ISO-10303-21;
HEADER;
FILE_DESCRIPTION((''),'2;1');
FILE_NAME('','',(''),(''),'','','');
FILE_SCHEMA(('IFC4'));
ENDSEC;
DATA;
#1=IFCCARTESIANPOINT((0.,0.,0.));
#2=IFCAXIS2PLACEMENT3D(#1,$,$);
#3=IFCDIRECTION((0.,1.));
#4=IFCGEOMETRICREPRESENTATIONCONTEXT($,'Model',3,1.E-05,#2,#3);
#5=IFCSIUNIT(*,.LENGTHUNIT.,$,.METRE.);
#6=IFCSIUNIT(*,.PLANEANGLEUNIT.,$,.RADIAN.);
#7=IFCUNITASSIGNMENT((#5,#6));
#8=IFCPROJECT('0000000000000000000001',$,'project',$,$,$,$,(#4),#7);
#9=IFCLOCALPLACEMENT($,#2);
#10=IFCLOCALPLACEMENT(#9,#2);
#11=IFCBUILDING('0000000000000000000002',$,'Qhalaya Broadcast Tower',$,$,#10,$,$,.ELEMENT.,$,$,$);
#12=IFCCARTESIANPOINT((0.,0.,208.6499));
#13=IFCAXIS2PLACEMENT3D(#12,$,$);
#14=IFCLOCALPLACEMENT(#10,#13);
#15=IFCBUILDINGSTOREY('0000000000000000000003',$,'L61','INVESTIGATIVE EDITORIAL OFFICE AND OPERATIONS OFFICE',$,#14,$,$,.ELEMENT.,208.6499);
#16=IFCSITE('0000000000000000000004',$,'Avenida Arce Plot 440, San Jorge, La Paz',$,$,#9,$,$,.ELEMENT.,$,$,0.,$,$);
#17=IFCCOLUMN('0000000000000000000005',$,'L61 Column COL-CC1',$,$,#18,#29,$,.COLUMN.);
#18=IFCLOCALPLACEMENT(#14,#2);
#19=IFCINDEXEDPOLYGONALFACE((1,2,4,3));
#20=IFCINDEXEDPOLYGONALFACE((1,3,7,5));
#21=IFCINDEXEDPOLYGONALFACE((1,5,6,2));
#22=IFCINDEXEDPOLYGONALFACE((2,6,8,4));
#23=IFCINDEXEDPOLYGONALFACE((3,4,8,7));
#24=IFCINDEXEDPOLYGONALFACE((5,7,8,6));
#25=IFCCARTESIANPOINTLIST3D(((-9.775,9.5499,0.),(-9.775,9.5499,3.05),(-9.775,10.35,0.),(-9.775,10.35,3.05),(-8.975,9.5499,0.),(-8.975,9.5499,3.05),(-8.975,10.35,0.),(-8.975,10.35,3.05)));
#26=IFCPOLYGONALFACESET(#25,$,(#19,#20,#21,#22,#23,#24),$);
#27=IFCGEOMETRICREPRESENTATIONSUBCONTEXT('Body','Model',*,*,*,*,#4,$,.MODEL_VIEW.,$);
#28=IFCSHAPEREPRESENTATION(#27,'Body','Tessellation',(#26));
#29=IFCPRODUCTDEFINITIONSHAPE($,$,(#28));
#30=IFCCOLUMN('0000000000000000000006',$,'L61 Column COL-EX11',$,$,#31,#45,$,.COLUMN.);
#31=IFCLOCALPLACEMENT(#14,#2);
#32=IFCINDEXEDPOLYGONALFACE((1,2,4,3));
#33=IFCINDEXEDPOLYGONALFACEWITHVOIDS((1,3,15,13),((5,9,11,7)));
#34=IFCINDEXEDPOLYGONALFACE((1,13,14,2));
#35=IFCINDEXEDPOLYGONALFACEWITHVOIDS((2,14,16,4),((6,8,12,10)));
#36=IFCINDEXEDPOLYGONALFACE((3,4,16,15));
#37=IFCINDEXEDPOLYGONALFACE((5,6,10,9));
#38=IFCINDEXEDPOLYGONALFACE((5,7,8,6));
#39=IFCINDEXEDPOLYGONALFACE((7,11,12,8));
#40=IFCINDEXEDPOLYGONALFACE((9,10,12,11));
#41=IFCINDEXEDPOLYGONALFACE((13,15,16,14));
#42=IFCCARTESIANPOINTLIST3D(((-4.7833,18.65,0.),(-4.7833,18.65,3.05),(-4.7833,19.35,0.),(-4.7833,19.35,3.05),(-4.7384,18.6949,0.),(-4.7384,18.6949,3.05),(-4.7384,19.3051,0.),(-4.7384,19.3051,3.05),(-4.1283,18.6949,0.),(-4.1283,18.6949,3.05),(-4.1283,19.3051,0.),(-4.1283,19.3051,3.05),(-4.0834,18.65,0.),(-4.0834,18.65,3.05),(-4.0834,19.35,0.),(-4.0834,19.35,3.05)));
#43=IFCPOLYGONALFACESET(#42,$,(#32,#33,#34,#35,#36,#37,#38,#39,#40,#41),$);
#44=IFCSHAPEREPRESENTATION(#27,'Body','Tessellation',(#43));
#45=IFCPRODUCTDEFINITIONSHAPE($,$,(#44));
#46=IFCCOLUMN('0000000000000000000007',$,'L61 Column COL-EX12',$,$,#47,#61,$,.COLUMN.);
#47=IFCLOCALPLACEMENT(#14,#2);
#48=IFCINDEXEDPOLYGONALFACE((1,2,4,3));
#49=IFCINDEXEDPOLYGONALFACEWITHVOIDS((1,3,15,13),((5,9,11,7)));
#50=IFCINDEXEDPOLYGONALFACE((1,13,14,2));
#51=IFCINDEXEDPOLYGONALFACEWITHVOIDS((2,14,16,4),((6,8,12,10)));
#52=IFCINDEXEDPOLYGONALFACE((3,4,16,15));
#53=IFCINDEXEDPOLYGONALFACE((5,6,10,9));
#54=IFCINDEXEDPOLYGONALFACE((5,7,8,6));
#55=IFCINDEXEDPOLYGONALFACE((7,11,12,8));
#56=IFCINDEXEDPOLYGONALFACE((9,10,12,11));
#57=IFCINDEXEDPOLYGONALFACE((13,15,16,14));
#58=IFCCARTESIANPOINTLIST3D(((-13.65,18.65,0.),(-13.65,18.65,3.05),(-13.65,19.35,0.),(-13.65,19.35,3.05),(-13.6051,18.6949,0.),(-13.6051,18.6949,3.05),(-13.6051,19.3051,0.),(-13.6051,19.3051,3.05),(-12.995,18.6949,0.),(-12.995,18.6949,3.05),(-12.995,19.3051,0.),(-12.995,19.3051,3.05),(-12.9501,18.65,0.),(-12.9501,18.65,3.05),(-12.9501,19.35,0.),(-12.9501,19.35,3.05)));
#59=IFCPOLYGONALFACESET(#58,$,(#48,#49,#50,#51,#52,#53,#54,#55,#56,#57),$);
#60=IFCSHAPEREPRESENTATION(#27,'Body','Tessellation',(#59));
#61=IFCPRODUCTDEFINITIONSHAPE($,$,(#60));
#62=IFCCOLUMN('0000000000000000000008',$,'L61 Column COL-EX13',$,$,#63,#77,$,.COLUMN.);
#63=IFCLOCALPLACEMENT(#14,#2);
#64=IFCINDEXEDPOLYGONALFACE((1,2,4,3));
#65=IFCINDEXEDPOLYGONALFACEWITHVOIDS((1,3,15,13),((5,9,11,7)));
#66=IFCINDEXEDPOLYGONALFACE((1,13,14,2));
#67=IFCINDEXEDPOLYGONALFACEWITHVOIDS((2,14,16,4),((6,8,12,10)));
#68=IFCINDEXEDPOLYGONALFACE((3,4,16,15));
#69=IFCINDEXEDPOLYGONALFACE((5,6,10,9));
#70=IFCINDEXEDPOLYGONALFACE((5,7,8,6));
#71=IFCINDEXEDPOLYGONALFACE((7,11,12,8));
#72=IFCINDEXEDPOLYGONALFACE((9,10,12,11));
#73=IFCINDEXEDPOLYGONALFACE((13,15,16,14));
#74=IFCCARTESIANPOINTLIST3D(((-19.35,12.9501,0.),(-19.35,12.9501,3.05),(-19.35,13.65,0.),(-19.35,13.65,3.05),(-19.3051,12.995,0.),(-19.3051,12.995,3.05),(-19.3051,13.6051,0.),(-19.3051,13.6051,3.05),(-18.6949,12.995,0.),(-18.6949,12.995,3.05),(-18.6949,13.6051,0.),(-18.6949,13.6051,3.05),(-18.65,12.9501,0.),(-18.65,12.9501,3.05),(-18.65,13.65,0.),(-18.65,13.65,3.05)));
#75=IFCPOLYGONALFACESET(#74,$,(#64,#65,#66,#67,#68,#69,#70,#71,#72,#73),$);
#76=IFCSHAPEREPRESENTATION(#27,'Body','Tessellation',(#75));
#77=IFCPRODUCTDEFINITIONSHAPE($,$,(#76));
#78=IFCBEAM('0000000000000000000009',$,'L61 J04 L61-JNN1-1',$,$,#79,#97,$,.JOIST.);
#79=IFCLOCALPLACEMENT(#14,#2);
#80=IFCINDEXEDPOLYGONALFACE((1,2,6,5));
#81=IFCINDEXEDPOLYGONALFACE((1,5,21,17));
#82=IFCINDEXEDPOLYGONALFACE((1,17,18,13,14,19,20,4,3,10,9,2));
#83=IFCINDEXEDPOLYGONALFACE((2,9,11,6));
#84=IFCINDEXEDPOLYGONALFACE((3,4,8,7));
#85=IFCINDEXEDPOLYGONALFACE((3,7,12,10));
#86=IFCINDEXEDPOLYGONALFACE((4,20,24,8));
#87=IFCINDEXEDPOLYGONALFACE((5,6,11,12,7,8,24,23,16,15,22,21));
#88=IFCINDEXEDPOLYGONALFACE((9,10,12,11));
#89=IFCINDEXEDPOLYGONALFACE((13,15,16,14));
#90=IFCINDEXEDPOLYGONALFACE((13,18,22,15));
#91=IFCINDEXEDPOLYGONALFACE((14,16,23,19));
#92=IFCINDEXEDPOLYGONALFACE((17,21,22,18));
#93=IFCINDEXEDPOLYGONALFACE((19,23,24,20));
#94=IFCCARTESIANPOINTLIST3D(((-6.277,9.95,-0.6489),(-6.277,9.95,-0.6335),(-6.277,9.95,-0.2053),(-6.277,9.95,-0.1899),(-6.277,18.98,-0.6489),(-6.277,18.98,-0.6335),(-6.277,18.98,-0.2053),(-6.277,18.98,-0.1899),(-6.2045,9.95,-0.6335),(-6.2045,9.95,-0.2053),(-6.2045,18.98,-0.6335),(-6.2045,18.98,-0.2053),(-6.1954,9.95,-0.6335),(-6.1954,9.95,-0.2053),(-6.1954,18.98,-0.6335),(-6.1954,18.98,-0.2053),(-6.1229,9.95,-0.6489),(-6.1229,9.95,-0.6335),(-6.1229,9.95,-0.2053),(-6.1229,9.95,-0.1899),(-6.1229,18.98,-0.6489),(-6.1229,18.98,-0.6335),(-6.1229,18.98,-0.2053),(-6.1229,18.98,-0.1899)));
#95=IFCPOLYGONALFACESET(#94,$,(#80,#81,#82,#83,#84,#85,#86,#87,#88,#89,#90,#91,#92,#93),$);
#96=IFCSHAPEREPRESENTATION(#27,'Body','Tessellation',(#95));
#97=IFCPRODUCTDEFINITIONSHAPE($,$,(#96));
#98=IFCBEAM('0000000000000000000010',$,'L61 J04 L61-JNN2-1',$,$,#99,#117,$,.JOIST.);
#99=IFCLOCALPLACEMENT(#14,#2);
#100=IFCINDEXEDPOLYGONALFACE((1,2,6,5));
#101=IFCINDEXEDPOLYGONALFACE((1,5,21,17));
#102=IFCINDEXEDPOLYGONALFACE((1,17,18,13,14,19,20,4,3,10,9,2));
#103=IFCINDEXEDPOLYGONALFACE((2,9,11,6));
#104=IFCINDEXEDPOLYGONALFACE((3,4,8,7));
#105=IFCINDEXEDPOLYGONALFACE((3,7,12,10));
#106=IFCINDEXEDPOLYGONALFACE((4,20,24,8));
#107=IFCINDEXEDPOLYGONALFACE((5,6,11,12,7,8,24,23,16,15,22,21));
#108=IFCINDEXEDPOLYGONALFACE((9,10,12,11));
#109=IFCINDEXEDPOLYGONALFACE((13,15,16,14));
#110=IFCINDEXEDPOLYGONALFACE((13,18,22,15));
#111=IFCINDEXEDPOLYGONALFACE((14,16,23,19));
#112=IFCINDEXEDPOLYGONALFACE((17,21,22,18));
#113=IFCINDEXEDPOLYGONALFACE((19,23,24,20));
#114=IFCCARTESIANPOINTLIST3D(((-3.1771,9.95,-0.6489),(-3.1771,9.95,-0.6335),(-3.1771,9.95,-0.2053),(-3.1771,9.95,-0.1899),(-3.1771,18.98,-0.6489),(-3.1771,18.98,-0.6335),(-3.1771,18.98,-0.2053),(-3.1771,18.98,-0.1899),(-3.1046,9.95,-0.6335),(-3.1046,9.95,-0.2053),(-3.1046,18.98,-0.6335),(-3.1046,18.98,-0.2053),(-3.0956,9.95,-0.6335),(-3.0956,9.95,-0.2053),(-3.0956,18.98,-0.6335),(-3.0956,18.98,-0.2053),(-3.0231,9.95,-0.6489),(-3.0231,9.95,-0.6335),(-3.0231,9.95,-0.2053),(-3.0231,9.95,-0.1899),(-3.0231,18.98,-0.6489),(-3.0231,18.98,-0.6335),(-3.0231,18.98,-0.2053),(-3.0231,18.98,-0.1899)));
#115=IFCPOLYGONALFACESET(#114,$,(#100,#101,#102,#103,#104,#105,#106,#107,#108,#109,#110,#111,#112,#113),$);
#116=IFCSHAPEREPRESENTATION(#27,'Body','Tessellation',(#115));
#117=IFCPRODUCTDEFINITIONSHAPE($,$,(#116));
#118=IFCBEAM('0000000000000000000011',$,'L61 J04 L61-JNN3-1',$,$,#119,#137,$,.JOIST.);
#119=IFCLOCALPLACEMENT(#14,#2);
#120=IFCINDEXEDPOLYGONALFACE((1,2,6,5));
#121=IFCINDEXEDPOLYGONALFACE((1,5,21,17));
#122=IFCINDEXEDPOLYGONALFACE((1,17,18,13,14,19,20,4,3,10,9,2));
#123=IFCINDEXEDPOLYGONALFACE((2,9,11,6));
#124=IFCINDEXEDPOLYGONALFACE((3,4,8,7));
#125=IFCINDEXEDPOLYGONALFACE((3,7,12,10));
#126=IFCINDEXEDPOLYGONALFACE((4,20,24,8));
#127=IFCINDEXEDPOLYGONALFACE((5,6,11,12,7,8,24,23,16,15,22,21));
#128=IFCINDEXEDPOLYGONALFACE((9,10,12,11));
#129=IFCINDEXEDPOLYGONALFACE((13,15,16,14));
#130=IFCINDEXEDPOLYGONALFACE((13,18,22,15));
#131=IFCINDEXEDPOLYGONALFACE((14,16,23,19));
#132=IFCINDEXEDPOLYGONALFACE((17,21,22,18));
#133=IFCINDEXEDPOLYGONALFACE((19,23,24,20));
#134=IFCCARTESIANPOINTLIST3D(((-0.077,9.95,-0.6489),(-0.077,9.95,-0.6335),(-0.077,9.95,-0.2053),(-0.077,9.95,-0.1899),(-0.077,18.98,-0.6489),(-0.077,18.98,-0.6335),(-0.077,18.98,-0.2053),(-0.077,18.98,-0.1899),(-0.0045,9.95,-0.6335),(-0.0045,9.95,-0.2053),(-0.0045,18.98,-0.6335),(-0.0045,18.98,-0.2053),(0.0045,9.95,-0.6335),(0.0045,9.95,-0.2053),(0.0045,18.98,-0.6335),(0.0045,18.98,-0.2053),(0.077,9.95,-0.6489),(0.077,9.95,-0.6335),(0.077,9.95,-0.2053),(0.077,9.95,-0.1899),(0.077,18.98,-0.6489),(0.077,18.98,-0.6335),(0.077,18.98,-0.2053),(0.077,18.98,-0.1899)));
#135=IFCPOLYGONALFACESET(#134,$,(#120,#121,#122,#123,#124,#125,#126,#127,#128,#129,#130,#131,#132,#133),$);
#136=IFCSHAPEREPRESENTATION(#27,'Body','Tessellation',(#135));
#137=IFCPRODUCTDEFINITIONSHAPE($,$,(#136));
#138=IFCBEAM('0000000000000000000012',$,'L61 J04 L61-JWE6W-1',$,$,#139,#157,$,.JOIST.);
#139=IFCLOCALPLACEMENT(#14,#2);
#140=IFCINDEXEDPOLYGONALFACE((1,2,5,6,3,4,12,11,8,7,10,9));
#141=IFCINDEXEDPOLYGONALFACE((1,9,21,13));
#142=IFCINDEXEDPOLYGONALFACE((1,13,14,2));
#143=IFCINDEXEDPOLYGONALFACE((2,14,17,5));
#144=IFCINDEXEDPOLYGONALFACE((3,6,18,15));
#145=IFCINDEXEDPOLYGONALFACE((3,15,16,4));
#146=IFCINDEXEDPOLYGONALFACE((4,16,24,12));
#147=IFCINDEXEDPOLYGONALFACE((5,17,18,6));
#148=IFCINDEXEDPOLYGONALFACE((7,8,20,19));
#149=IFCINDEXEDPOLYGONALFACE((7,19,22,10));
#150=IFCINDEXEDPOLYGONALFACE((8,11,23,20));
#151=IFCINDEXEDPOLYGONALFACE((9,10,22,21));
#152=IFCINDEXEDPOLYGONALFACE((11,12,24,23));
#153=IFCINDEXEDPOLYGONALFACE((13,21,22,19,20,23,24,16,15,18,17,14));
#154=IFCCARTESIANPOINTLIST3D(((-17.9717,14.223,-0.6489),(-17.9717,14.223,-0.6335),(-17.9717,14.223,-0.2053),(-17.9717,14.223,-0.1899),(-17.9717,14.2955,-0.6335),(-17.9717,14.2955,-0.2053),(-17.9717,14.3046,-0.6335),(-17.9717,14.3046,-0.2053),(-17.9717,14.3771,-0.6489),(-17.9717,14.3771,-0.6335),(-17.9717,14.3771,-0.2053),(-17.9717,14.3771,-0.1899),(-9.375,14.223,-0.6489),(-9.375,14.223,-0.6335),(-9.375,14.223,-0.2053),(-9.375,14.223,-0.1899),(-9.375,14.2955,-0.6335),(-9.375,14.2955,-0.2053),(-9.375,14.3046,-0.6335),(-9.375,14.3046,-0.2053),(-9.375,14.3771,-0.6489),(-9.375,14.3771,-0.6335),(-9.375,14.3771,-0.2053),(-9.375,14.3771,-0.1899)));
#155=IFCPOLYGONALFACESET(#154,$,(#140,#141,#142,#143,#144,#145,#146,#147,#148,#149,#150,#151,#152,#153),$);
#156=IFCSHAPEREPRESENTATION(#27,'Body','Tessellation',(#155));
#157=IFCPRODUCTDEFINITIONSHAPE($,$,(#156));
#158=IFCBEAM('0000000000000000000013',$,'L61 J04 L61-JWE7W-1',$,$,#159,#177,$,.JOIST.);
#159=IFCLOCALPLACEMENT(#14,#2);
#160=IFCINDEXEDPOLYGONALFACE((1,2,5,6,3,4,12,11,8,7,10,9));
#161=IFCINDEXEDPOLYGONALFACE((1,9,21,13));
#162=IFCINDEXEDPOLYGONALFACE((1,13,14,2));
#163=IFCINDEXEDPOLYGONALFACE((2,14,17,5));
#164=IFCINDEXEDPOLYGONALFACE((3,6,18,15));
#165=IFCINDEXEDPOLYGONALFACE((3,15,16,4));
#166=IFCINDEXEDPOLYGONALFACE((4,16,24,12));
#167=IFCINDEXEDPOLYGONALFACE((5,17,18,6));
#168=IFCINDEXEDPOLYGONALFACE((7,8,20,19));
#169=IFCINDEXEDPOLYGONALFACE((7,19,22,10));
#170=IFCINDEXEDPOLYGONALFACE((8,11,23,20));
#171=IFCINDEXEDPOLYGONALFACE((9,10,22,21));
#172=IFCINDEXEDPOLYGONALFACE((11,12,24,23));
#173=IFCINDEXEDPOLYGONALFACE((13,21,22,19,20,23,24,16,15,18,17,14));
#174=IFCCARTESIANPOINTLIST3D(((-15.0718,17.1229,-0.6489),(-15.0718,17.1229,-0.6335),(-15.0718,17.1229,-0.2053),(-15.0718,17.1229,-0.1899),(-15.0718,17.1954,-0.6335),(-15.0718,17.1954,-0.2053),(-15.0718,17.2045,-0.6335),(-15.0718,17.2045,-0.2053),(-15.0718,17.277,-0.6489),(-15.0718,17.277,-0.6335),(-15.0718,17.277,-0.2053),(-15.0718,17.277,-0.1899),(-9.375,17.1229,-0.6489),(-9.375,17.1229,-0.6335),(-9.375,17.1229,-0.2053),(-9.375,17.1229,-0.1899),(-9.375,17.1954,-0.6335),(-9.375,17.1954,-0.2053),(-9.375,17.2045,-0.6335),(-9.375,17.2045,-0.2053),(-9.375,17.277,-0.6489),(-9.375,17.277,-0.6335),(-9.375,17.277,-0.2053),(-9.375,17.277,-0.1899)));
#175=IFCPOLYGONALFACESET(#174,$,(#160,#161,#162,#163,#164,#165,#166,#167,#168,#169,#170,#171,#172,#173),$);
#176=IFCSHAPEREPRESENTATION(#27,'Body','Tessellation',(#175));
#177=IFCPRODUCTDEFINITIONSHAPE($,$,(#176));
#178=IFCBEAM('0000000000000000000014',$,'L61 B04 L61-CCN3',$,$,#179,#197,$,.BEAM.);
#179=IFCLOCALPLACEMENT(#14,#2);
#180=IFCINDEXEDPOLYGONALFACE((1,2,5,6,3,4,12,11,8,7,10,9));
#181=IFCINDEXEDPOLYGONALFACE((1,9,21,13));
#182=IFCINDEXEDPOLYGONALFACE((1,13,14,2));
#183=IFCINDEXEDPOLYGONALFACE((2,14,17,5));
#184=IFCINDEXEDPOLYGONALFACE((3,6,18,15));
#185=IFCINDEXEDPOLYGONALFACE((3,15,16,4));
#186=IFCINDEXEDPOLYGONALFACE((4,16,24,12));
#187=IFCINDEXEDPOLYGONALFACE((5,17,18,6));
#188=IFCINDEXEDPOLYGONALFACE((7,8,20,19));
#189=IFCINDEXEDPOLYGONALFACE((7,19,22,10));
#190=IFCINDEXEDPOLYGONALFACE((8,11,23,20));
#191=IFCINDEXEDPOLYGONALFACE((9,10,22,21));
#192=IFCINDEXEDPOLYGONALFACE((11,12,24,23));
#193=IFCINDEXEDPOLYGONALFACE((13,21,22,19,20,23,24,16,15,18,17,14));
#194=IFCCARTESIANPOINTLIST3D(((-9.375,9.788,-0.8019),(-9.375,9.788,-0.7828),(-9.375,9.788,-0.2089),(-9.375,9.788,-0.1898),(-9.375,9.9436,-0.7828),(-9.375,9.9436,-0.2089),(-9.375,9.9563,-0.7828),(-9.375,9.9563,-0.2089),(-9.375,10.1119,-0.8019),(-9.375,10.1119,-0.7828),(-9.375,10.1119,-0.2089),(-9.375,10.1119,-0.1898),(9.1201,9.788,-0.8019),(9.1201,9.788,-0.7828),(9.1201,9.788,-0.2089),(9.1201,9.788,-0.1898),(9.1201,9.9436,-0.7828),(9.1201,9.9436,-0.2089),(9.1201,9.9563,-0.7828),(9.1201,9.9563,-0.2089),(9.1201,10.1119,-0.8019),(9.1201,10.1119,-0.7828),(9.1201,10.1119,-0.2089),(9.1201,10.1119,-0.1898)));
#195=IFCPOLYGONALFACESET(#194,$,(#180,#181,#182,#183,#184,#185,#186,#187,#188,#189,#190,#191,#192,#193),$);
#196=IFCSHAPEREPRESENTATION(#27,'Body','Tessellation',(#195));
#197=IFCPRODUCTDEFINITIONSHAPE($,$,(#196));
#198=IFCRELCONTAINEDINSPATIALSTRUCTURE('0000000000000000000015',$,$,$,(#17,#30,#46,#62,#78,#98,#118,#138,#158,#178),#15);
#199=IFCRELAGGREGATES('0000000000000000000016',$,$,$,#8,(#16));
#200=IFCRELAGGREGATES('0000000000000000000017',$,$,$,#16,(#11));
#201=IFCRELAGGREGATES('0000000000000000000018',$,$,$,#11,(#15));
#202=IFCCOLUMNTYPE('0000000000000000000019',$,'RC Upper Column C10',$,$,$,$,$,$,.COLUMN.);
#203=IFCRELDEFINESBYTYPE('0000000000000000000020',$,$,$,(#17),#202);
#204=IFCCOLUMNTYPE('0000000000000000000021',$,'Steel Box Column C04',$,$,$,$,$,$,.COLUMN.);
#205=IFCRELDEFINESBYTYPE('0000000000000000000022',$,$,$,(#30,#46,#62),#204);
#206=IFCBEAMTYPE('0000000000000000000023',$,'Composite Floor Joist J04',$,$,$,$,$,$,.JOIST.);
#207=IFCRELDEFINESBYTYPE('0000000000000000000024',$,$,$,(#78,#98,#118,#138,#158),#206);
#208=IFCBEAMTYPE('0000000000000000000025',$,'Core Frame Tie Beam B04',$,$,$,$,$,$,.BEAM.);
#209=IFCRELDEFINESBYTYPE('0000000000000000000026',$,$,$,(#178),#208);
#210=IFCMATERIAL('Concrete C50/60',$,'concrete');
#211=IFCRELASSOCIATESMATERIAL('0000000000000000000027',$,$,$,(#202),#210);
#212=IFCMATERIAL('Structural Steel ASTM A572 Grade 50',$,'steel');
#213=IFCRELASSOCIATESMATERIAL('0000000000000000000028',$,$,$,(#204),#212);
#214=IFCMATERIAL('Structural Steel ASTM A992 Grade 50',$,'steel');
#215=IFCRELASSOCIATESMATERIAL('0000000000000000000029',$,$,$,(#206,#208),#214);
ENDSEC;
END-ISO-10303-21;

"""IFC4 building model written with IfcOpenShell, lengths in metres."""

from ifc_helpers import new_model, si_unit, direction, frame, origin, origin_2d, place, context, subcontext, project, spatial, rectangle, hollow_rectangle, i_section, extrude, material, material_profile, profile_set, type_object, element, save


model = new_model("IFC4")

# Units and contexts
model_context = context("Model", 3, precision=1e-05, world=origin(), true_north=direction((0.0, 1.0)))
body_context = subcontext(model_context, "Body", "Model", "MODEL_VIEW")
ifc_project = project(units=[si_unit("LENGTHUNIT", "METRE"), si_unit("PLANEANGLEUNIT", "RADIAN")], contexts=[model_context])

# Site, building, storey
site_placement = place(None, origin())
site = spatial("IfcSite", under=ifc_project, at=site_placement, Name="Avenida Arce Plot 440, San Jorge, La Paz", CompositionType="ELEMENT", RefElevation=0.0)
building_placement = place(site_placement, origin())
building = spatial("IfcBuilding", under=site, at=building_placement, Name="Qhalaya Broadcast Tower", CompositionType="ELEMENT")
storey_placement = place(building_placement, frame((0.0, 0.0, 208.6499)))
storey = spatial("IfcBuildingStorey", under=building, at=storey_placement, Name="L61", Description="INVESTIGATIVE EDITORIAL OFFICE AND OPERATIONS OFFICE", CompositionType="ELEMENT", Elevation=208.6499)

# Columns
ifc_material_1 = material(Name="Concrete C50/60", Category="concrete")
ifc_material_profile_1 = material_profile(ifc_material_1, rectangle(XDim=0.8, YDim=0.8, at=origin_2d()), Name="RC-COL 800x800")
ifc_profile_set_1 = profile_set([ifc_material_profile_1], Name="Concrete C50/60")
column_type_1 = type_object("IfcColumnType", Name="RC Upper Column C10", PredefinedType="COLUMN", material=ifc_profile_set_1)
column_placement = place(storey_placement, frame((-9.375, 9.95, 0.0), z_axis=(0.0, 0.0, 1.0), x_axis=(1.0, 0.0, 0.0)))
element("IfcColumn", 1, at=column_placement, inside=storey, type_object=column_type_1, Name="L61 Column COL-CC1", PredefinedType="COLUMN", context=body_context, shape_type="SweptSolid", body=[
    extrude(rectangle(XDim=0.8, YDim=0.8, at=origin_2d()), origin(), (0.0, 0.0, 1.0), 3.05),
])
ifc_material_2 = material(Name="Structural Steel ASTM A572 Grade 50", Category="steel")
ifc_material_profile_2 = material_profile(ifc_material_2, hollow_rectangle(XDim=0.7, YDim=0.7, WallThickness=0.0449, at=origin_2d()), Name="BOX 700x700x45")
ifc_profile_set_2 = profile_set([ifc_material_profile_2], Name="Structural Steel ASTM A572 Grade 50")
column_type_2 = type_object("IfcColumnType", Name="Steel Box Column C04", PredefinedType="COLUMN", material=ifc_profile_set_2)
for number, where, z_axis, x_axis, name in (
    (2, (-4.4333, 19.0, 0.0), (0.0, 0.0, 1.0), (1.0, 0.0, 0.0), "L61 Column COL-EX11"),
    (3, (-13.3, 19.0, 0.0), (0.0, 0.0, 1.0), (1.0, 0.0, 0.0), "L61 Column COL-EX12"),
    (4, (-19.0, 13.3, 0.0), (0.0, 0.0, 1.0), (0.0, 1.0, 0.0), "L61 Column COL-EX13"),
):
    element("IfcColumn", number, at=place(storey_placement, frame(where, z_axis=z_axis, x_axis=x_axis)), inside=storey, type_object=column_type_2, Name=name, PredefinedType="COLUMN", context=body_context, shape_type="SweptSolid", body=[
        extrude(hollow_rectangle(XDim=0.7, YDim=0.7, WallThickness=0.0449, at=origin_2d()), origin(), (0.0, 0.0, 1.0), 3.05),
    ])

# Beams
ifc_material_3 = material(Name="Structural Steel ASTM A992 Grade 50", Category="steel")
ifc_material_profile_3 = material_profile(ifc_material_3, i_section(OverallWidth=0.1541, OverallDepth=0.459, WebThickness=0.009, FlangeThickness=0.0154, at=origin_2d()), Name="W18X46")
ifc_profile_set_3 = profile_set([ifc_material_profile_3], Name="Structural Steel ASTM A992 Grade 50")
beam_type_1 = type_object("IfcBeamType", Name="Composite Floor Joist J04", PredefinedType="JOIST", material=ifc_profile_set_3)
for number, where, z_axis, x_axis, name in (
    (5, (-6.2, 9.95, -0.4194), (0.0, 1.0, 0.0), (-1.0, 0.0, 0.0), "L61 J04 L61-JNN1-1"),
    (6, (-3.1001, 9.95, -0.4194), (0.0, 1.0, 0.0), (-1.0, 0.0, 0.0), "L61 J04 L61-JNN2-1"),
    (7, (0.0, 9.95, -0.4194), (0.0, 1.0, 0.0), (-1.0, 0.0, 0.0), "L61 J04 L61-JNN3-1"),
):
    element("IfcBeam", number, at=place(storey_placement, frame(where, z_axis=z_axis, x_axis=x_axis)), inside=storey, type_object=beam_type_1, Name=name, PredefinedType="JOIST", context=body_context, shape_type="SweptSolid", body=[
        extrude(i_section(OverallWidth=0.1541, OverallDepth=0.459, WebThickness=0.009, FlangeThickness=0.0154, at=origin_2d()), origin(), (0.0, 0.0, 1.0), 9.03),
    ])
beam_1_placement = place(storey_placement, frame((-17.9717, 14.3, -0.4194), z_axis=(1.0, 0.0, 0.0), x_axis=(0.0, 1.0, 0.0)))
element("IfcBeam", 8, at=beam_1_placement, inside=storey, type_object=beam_type_1, Name="L61 J04 L61-JWE6W-1", PredefinedType="JOIST", context=body_context, shape_type="SweptSolid", body=[
    extrude(i_section(OverallWidth=0.1541, OverallDepth=0.459, WebThickness=0.009, FlangeThickness=0.0154, at=origin_2d()), origin(), (0.0, 0.0, 1.0), 8.5967),
])
beam_2_placement = place(storey_placement, frame((-15.0718, 17.2, -0.4194), z_axis=(1.0, 0.0, 0.0), x_axis=(0.0, 1.0, 0.0)))
element("IfcBeam", 9, at=beam_2_placement, inside=storey, type_object=beam_type_1, Name="L61 J04 L61-JWE7W-1", PredefinedType="JOIST", context=body_context, shape_type="SweptSolid", body=[
    extrude(i_section(OverallWidth=0.1541, OverallDepth=0.459, WebThickness=0.009, FlangeThickness=0.0154, at=origin_2d()), origin(), (0.0, 0.0, 1.0), 5.6968),
])
ifc_material_profile_4 = material_profile(ifc_material_3, i_section(OverallWidth=0.324, OverallDepth=0.6121, WebThickness=0.0127, FlangeThickness=0.019, at=origin_2d()), Name="W24X104")
ifc_profile_set_4 = profile_set([ifc_material_profile_4], Name="Structural Steel ASTM A992 Grade 50")
beam_type_2 = type_object("IfcBeamType", Name="Core Frame Tie Beam B04", PredefinedType="BEAM", material=ifc_profile_set_4)
beam_3_placement = place(storey_placement, frame((-9.375, 9.95, -0.4958), z_axis=(1.0, 0.0, 0.0), x_axis=(0.0, 1.0, 0.0)))
element("IfcBeam", 10, at=beam_3_placement, inside=storey, type_object=beam_type_2, Name="L61 B04 L61-CCN3", PredefinedType="BEAM", context=body_context, shape_type="SweptSolid", body=[
    extrude(i_section(OverallWidth=0.324, OverallDepth=0.6121, WebThickness=0.0127, FlangeThickness=0.019, at=origin_2d()), origin(), (0.0, 0.0, 1.0), 18.4951),
])

save(model, "model.ifc")
